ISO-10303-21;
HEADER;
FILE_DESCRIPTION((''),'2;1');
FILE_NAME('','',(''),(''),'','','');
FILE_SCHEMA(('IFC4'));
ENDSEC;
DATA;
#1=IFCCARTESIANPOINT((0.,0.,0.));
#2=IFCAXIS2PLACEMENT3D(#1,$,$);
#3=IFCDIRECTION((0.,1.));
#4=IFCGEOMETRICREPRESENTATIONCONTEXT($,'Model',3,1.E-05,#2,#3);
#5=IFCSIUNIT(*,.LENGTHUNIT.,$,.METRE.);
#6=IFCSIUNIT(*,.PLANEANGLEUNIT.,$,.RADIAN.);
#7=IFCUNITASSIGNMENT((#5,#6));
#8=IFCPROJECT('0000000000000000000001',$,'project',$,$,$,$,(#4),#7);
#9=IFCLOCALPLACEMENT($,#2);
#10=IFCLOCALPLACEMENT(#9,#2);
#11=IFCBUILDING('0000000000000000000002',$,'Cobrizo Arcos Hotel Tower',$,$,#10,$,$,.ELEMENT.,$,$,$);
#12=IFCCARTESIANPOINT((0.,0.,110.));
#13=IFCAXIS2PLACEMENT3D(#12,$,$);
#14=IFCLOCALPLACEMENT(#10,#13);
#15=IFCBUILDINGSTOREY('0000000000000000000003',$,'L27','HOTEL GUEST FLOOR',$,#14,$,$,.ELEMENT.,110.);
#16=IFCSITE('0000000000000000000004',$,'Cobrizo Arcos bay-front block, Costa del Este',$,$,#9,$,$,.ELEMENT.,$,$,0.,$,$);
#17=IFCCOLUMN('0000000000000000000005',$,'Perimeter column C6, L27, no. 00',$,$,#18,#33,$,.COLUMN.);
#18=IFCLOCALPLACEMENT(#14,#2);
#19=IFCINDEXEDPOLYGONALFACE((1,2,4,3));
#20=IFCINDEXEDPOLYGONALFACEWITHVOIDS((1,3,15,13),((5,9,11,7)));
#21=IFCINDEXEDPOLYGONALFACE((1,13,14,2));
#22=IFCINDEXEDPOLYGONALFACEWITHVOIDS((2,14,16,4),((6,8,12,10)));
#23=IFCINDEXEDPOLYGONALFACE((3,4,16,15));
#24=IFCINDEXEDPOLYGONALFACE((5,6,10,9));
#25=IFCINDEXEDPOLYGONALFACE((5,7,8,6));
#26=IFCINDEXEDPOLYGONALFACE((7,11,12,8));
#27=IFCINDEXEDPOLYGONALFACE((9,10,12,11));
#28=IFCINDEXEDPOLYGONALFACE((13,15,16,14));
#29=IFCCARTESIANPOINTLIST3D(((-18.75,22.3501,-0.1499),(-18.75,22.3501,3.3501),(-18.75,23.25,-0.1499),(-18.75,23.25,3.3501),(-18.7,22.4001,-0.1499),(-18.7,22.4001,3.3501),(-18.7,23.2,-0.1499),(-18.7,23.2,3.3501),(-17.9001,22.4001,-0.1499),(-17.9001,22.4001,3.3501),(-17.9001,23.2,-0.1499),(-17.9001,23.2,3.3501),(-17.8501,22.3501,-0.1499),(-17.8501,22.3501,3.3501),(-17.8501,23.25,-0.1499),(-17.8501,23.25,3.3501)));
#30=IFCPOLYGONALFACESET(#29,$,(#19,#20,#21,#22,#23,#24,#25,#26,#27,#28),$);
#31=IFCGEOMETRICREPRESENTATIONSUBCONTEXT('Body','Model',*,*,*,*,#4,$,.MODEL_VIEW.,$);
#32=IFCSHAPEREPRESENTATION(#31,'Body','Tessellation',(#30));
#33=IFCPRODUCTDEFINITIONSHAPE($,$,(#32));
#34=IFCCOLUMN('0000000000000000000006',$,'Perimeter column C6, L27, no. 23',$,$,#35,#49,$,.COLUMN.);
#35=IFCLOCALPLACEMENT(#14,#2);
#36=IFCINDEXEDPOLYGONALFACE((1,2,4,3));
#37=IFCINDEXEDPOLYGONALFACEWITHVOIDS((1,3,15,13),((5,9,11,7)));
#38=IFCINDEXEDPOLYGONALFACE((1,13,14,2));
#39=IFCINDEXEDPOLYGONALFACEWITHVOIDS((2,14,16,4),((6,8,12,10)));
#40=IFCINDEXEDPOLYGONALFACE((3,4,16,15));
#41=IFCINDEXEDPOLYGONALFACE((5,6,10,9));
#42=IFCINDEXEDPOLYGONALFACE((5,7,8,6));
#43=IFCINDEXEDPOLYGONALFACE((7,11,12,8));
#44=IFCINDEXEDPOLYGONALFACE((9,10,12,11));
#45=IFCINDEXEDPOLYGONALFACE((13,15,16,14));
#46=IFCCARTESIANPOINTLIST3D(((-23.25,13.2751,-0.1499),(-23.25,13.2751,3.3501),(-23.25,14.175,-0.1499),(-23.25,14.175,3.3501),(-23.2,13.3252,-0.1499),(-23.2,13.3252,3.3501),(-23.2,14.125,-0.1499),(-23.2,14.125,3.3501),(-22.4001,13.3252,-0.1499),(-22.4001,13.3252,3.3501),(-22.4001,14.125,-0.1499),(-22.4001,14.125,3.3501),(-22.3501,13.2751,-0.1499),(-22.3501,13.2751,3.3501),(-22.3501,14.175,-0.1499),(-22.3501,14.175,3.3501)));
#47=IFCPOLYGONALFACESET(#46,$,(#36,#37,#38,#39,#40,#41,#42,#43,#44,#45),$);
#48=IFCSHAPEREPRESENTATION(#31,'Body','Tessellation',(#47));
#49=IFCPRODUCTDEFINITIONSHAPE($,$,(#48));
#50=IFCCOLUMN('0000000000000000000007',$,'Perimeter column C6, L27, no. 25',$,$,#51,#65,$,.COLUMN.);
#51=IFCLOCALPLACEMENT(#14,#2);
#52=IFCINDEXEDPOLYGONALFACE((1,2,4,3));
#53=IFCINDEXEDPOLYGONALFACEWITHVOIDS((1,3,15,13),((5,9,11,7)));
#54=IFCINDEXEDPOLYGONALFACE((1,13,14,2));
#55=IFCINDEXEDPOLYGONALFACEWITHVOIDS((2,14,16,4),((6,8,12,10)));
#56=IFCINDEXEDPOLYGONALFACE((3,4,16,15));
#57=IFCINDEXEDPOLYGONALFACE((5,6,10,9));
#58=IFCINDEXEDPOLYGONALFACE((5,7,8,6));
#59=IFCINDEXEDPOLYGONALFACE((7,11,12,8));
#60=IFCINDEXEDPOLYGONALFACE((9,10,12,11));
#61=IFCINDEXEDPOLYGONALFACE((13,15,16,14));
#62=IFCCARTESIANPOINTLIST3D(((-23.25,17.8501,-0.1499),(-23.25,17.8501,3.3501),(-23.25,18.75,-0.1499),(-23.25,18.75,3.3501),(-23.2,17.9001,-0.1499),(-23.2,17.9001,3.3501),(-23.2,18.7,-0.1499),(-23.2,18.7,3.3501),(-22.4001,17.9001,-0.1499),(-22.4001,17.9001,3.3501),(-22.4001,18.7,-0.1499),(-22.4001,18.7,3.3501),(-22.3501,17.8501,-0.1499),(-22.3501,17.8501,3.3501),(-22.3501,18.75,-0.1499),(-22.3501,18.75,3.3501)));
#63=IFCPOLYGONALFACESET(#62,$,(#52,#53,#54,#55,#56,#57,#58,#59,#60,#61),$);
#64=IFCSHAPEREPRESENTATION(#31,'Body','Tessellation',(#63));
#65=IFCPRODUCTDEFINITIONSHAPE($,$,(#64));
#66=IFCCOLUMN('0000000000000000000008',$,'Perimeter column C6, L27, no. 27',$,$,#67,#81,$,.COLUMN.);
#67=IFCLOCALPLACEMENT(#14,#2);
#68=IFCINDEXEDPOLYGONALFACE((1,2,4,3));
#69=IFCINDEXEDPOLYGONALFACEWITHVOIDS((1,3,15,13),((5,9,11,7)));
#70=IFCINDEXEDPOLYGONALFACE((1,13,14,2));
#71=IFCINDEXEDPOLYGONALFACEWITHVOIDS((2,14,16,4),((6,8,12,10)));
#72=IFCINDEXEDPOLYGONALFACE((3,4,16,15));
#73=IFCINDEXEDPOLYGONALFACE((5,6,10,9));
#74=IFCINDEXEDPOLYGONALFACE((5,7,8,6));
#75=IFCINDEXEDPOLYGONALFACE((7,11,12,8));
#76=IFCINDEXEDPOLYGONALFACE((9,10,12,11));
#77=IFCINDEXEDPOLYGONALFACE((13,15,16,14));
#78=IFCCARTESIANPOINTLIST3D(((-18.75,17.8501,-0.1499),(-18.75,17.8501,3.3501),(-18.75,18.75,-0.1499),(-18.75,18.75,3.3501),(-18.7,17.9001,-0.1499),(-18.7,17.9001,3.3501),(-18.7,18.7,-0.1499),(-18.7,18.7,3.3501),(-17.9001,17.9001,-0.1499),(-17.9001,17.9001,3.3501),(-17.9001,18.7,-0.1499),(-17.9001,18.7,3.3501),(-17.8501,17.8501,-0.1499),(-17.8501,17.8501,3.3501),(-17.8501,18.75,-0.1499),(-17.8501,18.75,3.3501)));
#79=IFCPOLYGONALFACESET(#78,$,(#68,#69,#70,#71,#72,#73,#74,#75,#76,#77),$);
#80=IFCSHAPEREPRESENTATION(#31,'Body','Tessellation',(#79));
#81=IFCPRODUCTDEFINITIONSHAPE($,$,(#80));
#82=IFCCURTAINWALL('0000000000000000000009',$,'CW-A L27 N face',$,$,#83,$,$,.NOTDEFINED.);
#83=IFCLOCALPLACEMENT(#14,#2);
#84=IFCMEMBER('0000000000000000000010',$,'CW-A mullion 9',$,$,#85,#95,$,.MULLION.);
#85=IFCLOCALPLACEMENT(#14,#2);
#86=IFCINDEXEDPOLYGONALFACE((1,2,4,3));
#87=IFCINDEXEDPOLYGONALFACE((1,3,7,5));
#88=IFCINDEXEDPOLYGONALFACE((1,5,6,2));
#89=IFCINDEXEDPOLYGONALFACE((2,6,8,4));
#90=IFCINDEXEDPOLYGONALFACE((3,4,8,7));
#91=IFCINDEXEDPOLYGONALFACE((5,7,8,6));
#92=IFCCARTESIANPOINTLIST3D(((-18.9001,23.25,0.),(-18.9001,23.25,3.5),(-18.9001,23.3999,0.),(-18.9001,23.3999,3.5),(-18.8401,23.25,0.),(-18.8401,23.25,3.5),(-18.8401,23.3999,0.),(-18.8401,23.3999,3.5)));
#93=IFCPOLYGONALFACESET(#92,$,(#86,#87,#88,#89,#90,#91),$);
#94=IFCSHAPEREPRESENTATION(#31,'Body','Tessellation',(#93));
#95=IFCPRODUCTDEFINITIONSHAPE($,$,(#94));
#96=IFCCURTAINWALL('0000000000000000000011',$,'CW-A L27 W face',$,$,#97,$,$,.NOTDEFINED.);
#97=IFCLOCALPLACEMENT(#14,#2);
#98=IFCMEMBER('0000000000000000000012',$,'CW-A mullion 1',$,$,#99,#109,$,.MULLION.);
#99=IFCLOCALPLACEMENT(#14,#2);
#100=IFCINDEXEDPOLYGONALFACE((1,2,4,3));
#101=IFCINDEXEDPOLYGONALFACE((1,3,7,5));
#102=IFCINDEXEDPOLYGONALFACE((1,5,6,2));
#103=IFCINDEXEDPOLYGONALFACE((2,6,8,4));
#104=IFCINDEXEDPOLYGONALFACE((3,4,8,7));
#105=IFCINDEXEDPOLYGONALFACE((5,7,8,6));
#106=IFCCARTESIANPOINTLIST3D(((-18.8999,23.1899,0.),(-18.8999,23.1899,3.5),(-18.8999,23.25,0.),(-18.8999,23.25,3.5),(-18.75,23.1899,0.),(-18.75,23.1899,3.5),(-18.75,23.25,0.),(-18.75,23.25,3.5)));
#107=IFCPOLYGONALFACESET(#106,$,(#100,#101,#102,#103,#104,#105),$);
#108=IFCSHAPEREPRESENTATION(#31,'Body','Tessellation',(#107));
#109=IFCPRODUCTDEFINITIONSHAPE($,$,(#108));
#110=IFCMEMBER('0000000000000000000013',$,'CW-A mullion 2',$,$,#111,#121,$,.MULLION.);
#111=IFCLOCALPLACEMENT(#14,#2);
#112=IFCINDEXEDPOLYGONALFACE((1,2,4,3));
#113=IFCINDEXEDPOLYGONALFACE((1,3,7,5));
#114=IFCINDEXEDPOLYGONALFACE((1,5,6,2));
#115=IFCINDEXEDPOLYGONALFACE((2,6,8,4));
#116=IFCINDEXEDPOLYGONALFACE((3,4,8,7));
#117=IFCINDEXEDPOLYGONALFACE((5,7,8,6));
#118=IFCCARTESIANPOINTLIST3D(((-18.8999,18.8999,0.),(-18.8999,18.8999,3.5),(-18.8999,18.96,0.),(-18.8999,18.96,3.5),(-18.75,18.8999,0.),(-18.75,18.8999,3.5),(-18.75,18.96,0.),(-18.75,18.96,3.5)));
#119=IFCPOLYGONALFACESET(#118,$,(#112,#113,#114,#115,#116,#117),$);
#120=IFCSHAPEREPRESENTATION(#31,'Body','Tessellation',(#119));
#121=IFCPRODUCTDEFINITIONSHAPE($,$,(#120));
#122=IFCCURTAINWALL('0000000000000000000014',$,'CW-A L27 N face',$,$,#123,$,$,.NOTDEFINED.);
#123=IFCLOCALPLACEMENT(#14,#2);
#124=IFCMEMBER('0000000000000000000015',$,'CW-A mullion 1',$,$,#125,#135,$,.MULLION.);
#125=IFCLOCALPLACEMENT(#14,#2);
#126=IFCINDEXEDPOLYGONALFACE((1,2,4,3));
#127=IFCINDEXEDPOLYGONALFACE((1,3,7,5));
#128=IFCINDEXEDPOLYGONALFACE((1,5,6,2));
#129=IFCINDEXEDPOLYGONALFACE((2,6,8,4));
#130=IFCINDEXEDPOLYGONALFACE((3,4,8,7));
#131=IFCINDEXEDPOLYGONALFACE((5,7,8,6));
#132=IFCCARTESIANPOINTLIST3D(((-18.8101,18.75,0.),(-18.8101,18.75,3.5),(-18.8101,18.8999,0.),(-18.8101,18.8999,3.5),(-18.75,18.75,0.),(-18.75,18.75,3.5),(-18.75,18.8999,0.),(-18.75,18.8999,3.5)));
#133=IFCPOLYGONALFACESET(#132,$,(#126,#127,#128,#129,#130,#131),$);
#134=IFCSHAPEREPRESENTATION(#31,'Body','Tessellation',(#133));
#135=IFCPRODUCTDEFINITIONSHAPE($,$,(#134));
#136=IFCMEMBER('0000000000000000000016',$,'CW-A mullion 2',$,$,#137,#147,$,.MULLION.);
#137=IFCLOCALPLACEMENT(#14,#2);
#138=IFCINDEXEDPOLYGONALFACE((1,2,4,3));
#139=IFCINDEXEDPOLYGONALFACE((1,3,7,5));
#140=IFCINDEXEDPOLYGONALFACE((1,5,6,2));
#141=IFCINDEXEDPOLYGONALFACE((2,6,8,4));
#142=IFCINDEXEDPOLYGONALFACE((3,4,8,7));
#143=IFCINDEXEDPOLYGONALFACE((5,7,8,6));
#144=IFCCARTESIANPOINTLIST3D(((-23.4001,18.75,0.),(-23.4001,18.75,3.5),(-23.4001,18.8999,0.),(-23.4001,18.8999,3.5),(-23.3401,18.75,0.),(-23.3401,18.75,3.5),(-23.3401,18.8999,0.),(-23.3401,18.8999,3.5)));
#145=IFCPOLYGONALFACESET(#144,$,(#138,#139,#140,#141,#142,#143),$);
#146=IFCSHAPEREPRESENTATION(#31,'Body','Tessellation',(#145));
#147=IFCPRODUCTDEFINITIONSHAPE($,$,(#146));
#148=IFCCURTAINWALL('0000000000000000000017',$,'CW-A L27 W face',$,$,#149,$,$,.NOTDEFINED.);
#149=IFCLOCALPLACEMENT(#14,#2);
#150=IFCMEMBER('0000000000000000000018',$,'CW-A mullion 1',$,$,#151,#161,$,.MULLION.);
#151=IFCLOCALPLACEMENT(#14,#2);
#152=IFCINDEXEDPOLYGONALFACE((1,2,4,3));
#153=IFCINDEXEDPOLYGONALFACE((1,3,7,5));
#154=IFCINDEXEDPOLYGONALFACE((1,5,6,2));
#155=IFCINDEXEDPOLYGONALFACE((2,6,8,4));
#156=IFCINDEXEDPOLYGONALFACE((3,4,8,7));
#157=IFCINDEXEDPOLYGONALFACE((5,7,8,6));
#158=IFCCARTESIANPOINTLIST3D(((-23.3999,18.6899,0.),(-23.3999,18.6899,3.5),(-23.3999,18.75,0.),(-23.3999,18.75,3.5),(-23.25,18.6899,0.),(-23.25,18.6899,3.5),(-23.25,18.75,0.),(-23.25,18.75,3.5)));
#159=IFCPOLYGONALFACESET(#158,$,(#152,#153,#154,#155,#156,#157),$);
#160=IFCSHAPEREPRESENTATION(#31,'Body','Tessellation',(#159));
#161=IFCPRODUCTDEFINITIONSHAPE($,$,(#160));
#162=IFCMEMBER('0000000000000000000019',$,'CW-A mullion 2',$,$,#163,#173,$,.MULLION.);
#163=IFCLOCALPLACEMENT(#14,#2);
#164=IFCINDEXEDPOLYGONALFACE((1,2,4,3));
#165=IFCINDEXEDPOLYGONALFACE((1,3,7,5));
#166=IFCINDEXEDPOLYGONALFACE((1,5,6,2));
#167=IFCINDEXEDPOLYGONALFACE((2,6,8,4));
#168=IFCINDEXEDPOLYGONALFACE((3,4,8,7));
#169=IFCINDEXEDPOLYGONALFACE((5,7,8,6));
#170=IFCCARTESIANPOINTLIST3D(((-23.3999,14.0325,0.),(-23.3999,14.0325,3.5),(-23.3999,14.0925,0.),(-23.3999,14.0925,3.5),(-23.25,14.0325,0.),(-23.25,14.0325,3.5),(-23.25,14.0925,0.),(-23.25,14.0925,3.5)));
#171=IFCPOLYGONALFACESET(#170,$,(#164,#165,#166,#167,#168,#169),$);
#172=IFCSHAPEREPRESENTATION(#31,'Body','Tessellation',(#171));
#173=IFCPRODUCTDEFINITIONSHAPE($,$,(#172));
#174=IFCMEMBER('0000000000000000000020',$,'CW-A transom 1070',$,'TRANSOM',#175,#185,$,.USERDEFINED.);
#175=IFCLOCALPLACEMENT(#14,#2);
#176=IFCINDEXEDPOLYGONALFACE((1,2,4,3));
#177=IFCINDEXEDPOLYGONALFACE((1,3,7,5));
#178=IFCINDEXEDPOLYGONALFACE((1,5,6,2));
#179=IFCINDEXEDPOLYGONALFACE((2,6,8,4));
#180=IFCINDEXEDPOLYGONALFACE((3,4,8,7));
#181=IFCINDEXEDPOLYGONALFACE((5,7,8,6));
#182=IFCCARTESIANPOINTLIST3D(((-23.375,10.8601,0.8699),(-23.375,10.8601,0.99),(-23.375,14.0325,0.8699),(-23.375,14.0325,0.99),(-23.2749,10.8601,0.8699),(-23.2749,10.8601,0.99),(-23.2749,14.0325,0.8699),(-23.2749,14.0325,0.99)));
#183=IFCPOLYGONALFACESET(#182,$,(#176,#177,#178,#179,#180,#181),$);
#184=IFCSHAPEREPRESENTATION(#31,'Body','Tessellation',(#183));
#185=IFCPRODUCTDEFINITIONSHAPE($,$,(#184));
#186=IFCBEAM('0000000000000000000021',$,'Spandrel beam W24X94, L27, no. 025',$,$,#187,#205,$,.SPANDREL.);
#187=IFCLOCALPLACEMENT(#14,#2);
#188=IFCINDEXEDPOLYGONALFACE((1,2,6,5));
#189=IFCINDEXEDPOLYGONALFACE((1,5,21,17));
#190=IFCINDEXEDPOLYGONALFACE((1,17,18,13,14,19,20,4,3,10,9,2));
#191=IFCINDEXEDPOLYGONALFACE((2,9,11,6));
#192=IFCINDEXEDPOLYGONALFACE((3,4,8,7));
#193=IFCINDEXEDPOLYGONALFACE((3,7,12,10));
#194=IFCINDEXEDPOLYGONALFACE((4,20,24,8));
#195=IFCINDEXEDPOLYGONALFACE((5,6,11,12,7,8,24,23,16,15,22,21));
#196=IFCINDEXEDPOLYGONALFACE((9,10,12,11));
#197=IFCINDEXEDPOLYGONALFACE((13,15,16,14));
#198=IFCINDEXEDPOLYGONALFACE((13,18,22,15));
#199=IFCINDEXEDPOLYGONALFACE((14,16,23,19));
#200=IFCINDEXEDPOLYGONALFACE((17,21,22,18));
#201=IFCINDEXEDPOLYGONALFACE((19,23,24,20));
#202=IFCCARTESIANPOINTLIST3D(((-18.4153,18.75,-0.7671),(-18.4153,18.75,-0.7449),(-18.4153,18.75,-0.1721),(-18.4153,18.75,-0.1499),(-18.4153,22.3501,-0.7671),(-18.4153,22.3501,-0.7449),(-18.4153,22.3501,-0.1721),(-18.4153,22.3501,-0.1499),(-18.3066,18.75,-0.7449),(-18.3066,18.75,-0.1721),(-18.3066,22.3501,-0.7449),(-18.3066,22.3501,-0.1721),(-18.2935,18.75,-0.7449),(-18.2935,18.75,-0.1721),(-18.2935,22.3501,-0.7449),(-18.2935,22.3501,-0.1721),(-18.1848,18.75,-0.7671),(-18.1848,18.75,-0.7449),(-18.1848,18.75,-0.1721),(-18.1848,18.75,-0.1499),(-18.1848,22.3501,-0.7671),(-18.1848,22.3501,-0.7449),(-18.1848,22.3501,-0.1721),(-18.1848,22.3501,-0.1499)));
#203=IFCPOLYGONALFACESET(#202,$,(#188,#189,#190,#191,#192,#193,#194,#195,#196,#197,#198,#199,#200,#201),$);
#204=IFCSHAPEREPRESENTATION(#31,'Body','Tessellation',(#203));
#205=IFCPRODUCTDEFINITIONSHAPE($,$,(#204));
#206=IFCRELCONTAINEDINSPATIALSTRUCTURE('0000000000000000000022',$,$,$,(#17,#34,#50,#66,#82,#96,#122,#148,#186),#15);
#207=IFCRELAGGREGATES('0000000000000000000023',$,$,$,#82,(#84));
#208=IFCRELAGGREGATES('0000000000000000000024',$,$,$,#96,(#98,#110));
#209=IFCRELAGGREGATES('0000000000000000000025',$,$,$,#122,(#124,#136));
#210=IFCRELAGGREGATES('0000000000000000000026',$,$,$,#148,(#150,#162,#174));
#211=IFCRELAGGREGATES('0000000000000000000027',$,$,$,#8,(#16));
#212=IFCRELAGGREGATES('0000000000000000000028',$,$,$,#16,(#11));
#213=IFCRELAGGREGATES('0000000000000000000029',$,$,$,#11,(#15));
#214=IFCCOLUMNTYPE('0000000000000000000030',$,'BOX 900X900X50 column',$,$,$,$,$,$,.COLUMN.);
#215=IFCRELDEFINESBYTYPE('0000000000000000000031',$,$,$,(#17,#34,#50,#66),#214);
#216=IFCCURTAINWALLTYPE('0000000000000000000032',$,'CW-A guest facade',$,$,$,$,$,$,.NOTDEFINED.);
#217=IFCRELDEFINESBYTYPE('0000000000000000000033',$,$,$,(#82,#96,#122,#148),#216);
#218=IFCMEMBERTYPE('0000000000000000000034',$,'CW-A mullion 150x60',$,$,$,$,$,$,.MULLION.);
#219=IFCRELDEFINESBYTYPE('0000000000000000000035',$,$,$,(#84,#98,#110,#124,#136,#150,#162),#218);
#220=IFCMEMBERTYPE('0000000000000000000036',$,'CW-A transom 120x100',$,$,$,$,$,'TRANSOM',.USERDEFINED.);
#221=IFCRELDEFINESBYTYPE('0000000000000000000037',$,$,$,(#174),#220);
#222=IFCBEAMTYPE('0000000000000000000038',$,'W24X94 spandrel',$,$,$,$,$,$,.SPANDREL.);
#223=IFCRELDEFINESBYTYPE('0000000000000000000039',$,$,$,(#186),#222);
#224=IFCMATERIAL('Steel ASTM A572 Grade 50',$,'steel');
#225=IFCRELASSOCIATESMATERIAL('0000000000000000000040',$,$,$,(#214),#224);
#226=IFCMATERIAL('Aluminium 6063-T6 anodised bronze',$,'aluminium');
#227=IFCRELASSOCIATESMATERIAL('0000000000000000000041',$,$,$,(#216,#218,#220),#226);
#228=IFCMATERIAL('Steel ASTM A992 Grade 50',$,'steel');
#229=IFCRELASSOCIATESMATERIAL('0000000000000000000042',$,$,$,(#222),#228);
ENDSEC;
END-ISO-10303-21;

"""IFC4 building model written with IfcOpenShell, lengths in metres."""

from ifc_helpers import new_model, si_unit, direction, frame, origin, origin_2d, place, context, subcontext, project, spatial, rectangle, hollow_rectangle, i_section, extrude, material, material_profile, profile_set, type_object, element, aggregate, save


model = new_model("IFC4")

# Units and contexts
model_context = context("Model", 3, precision=1e-05, world=origin(), true_north=direction((0.0, 1.0)))
body_context = subcontext(model_context, "Body", "Model", "MODEL_VIEW")
ifc_project = project(units=[si_unit("LENGTHUNIT", "METRE"), si_unit("PLANEANGLEUNIT", "RADIAN")], contexts=[model_context])

# Site, building, storey
site_placement = place(None, origin())
site = spatial("IfcSite", under=ifc_project, at=site_placement, Name="Cobrizo Arcos bay-front block, Costa del Este", CompositionType="ELEMENT", RefElevation=0.0)
building_placement = place(site_placement, origin())
building = spatial("IfcBuilding", under=site, at=building_placement, Name="Cobrizo Arcos Hotel Tower", CompositionType="ELEMENT")
storey_placement = place(building_placement, frame((0.0, 0.0, 110.0)))
storey = spatial("IfcBuildingStorey", under=building, at=storey_placement, Name="L27", Description="HOTEL GUEST FLOOR", CompositionType="ELEMENT", Elevation=110.0)

# Columns
ifc_material_1 = material(Name="Steel ASTM A572 Grade 50", Category="steel")
ifc_material_profile_1 = material_profile(ifc_material_1, hollow_rectangle(XDim=0.8999, YDim=0.8999, WallThickness=0.05, at=origin_2d()), Name="BOX 900X900X50")
ifc_profile_set_1 = profile_set([ifc_material_profile_1], Name="Steel ASTM A572 Grade 50")
column_type = type_object("IfcColumnType", Name="BOX 900X900X50 column", PredefinedType="COLUMN", material=ifc_profile_set_1)
for number, where, z_axis, x_axis, name in (
    (1, (-18.3, 22.8, -0.1499), (0.0, 0.0, 1.0), (1.0, 0.0, 0.0), "Perimeter column C6, L27, no. 00"),
    (2, (-22.8, 13.7251, -0.1499), (0.0, 0.0, 1.0), (1.0, 0.0, 0.0), "Perimeter column C6, L27, no. 23"),
    (3, (-22.8, 18.3, -0.1499), (0.0, 0.0, 1.0), (1.0, 0.0, 0.0), "Perimeter column C6, L27, no. 25"),
    (4, (-18.3, 18.3, -0.1499), (0.0, 0.0, 1.0), (1.0, 0.0, 0.0), "Perimeter column C6, L27, no. 27"),
):
    element("IfcColumn", number, at=place(storey_placement, frame(where, z_axis=z_axis, x_axis=x_axis)), inside=storey, type_object=column_type, Name=name, PredefinedType="COLUMN", context=body_context, shape_type="SweptSolid", body=[
        extrude(hollow_rectangle(XDim=0.8999, YDim=0.8999, WallThickness=0.05, at=origin_2d()), origin(), (0.0, 0.0, 1.0), 3.5),
    ])

# Curtain wall, member
ifc_material_2 = material(Name="Aluminium 6063-T6 anodised bronze", Category="aluminium")
curtain_wall_type = type_object("IfcCurtainWallType", Name="CW-A guest facade", PredefinedType="NOTDEFINED", material=ifc_material_2)
curtain_wall_1_placement = place(storey_placement, origin())
curtain_wall_1 = element("IfcCurtainWall", 5, at=curtain_wall_1_placement, inside=storey, type_object=curtain_wall_type, Name="CW-A L27 N face", PredefinedType="NOTDEFINED")
ifc_material_profile_2 = material_profile(ifc_material_2, rectangle(XDim=0.1499, YDim=0.0601, at=origin_2d()), Name="CW-A mullion 150x60")
ifc_profile_set_2 = profile_set([ifc_material_profile_2], Name="Aluminium 6063-T6 anodised bronze")
member_type_1 = type_object("IfcMemberType", Name="CW-A mullion 150x60", PredefinedType="MULLION", material=ifc_profile_set_2)
member_1_placement = place(storey_placement, frame((-18.8701, 23.325, 0.0), z_axis=(0.0, 0.0, 1.0), x_axis=(0.0, 1.0, 0.0)))
member_1 = element("IfcMember", 6, at=member_1_placement, type_object=member_type_1, Name="CW-A mullion 9", PredefinedType="MULLION", context=body_context, shape_type="SweptSolid", body=[
    extrude(rectangle(XDim=0.1499, YDim=0.0601, at=origin_2d()), origin(), (0.0, 0.0, 1.0), 3.5),
])

# Curtain walls, members
curtain_wall_2_placement = place(storey_placement, origin())
curtain_wall_2 = element("IfcCurtainWall", 7, at=curtain_wall_2_placement, inside=storey, type_object=curtain_wall_type, Name="CW-A L27 W face", PredefinedType="NOTDEFINED")
member_2_placement = place(storey_placement, frame((-18.825, 23.22, 0.0), z_axis=(0.0, 0.0, 1.0), x_axis=(-1.0, 0.0, 0.0)))
member_2 = element("IfcMember", 8, at=member_2_placement, type_object=member_type_1, Name="CW-A mullion 1", PredefinedType="MULLION", context=body_context, shape_type="SweptSolid", body=[
    extrude(rectangle(XDim=0.1499, YDim=0.0601, at=origin_2d()), origin(), (0.0, 0.0, 1.0), 3.5),
])
member_3_placement = place(storey_placement, frame((-18.825, 18.9299, 0.0), z_axis=(0.0, 0.0, 1.0), x_axis=(-1.0, 0.0, 0.0)))
member_3 = element("IfcMember", 9, at=member_3_placement, type_object=member_type_1, Name="CW-A mullion 2", PredefinedType="MULLION", context=body_context, shape_type="SweptSolid", body=[
    extrude(rectangle(XDim=0.1499, YDim=0.0601, at=origin_2d()), origin(), (0.0, 0.0, 1.0), 3.5),
])
curtain_wall_3_placement = place(storey_placement, origin())
curtain_wall_3 = element("IfcCurtainWall", 10, at=curtain_wall_3_placement, inside=storey, type_object=curtain_wall_type, Name="CW-A L27 N face", PredefinedType="NOTDEFINED")
member_4_placement = place(storey_placement, frame((-18.78, 18.825, 0.0), z_axis=(0.0, 0.0, 1.0), x_axis=(0.0, 1.0, 0.0)))
member_4 = element("IfcMember", 11, at=member_4_placement, type_object=member_type_1, Name="CW-A mullion 1", PredefinedType="MULLION", context=body_context, shape_type="SweptSolid", body=[
    extrude(rectangle(XDim=0.1499, YDim=0.0601, at=origin_2d()), origin(), (0.0, 0.0, 1.0), 3.5),
])
member_5_placement = place(storey_placement, frame((-23.3701, 18.825, 0.0), z_axis=(0.0, 0.0, 1.0), x_axis=(0.0, 1.0, 0.0)))
member_5 = element("IfcMember", 12, at=member_5_placement, type_object=member_type_1, Name="CW-A mullion 2", PredefinedType="MULLION", context=body_context, shape_type="SweptSolid", body=[
    extrude(rectangle(XDim=0.1499, YDim=0.0601, at=origin_2d()), origin(), (0.0, 0.0, 1.0), 3.5),
])
curtain_wall_4_placement = place(storey_placement, origin())
curtain_wall_4 = element("IfcCurtainWall", 13, at=curtain_wall_4_placement, inside=storey, type_object=curtain_wall_type, Name="CW-A L27 W face", PredefinedType="NOTDEFINED")
member_6_placement = place(storey_placement, frame((-23.325, 18.72, 0.0), z_axis=(0.0, 0.0, 1.0), x_axis=(-1.0, 0.0, 0.0)))
member_6 = element("IfcMember", 14, at=member_6_placement, type_object=member_type_1, Name="CW-A mullion 1", PredefinedType="MULLION", context=body_context, shape_type="SweptSolid", body=[
    extrude(rectangle(XDim=0.1499, YDim=0.0601, at=origin_2d()), origin(), (0.0, 0.0, 1.0), 3.5),
])
member_7_placement = place(storey_placement, frame((-23.325, 14.0625, 0.0), z_axis=(0.0, 0.0, 1.0), x_axis=(-1.0, 0.0, 0.0)))
member_7 = element("IfcMember", 15, at=member_7_placement, type_object=member_type_1, Name="CW-A mullion 2", PredefinedType="MULLION", context=body_context, shape_type="SweptSolid", body=[
    extrude(rectangle(XDim=0.1499, YDim=0.0601, at=origin_2d()), origin(), (0.0, 0.0, 1.0), 3.5),
])
ifc_material_profile_3 = material_profile(ifc_material_2, rectangle(XDim=0.1001, YDim=0.1201, at=origin_2d()), Name="CW-A transom 120x100")
ifc_profile_set_3 = profile_set([ifc_material_profile_3], Name="Aluminium 6063-T6 anodised bronze")
member_type_2 = type_object("IfcMemberType", Name="CW-A transom 120x100", ElementType="TRANSOM", PredefinedType="USERDEFINED", material=ifc_profile_set_3)
member_8_placement = place(storey_placement, frame((-23.325, 14.0325, 0.9299), z_axis=(0.0, -1.0, 0.0), x_axis=(1.0, 0.0, 0.0)))
member_8 = element("IfcMember", 16, at=member_8_placement, type_object=member_type_2, Name="CW-A transom 1070", ObjectType="TRANSOM", PredefinedType="USERDEFINED", context=body_context, shape_type="SweptSolid", body=[
    extrude(rectangle(XDim=0.1001, YDim=0.1201, at=origin_2d()), origin(), (0.0, 0.0, 1.0), 3.1724),
])

# Beam
ifc_material_3 = material(Name="Steel ASTM A992 Grade 50", Category="steel")
ifc_material_profile_4 = material_profile(ifc_material_3, i_section(OverallWidth=0.2305, OverallDepth=0.6172, WebThickness=0.0132, FlangeThickness=0.0222, at=origin_2d()), Name="W24X94")
ifc_profile_set_4 = profile_set([ifc_material_profile_4], Name="Steel ASTM A992 Grade 50")
beam_type = type_object("IfcBeamType", Name="W24X94 spandrel", PredefinedType="SPANDREL", material=ifc_profile_set_4)
for number, where, z_axis, x_axis, name in (
    (17, (-18.3, 22.3501, -0.4585), (0.0, -1.0, 0.0), (1.0, 0.0, 0.0), "Spandrel beam W24X94, L27, no. 025"),
):
    element("IfcBeam", number, at=place(storey_placement, frame(where, z_axis=z_axis, x_axis=x_axis)), inside=storey, type_object=beam_type, Name=name, PredefinedType="SPANDREL", context=body_context, shape_type="SweptSolid", body=[
        extrude(i_section(OverallWidth=0.2305, OverallDepth=0.6172, WebThickness=0.0132, FlangeThickness=0.0222, at=origin_2d()), origin(), (0.0, 0.0, 1.0), 3.6001),
    ])

aggregate(curtain_wall_1, [member_1])
aggregate(curtain_wall_2, [member_2, member_3])
aggregate(curtain_wall_3, [member_4, member_5])
aggregate(curtain_wall_4, [member_6, member_7, member_8])

save(model, "model.ifc")
